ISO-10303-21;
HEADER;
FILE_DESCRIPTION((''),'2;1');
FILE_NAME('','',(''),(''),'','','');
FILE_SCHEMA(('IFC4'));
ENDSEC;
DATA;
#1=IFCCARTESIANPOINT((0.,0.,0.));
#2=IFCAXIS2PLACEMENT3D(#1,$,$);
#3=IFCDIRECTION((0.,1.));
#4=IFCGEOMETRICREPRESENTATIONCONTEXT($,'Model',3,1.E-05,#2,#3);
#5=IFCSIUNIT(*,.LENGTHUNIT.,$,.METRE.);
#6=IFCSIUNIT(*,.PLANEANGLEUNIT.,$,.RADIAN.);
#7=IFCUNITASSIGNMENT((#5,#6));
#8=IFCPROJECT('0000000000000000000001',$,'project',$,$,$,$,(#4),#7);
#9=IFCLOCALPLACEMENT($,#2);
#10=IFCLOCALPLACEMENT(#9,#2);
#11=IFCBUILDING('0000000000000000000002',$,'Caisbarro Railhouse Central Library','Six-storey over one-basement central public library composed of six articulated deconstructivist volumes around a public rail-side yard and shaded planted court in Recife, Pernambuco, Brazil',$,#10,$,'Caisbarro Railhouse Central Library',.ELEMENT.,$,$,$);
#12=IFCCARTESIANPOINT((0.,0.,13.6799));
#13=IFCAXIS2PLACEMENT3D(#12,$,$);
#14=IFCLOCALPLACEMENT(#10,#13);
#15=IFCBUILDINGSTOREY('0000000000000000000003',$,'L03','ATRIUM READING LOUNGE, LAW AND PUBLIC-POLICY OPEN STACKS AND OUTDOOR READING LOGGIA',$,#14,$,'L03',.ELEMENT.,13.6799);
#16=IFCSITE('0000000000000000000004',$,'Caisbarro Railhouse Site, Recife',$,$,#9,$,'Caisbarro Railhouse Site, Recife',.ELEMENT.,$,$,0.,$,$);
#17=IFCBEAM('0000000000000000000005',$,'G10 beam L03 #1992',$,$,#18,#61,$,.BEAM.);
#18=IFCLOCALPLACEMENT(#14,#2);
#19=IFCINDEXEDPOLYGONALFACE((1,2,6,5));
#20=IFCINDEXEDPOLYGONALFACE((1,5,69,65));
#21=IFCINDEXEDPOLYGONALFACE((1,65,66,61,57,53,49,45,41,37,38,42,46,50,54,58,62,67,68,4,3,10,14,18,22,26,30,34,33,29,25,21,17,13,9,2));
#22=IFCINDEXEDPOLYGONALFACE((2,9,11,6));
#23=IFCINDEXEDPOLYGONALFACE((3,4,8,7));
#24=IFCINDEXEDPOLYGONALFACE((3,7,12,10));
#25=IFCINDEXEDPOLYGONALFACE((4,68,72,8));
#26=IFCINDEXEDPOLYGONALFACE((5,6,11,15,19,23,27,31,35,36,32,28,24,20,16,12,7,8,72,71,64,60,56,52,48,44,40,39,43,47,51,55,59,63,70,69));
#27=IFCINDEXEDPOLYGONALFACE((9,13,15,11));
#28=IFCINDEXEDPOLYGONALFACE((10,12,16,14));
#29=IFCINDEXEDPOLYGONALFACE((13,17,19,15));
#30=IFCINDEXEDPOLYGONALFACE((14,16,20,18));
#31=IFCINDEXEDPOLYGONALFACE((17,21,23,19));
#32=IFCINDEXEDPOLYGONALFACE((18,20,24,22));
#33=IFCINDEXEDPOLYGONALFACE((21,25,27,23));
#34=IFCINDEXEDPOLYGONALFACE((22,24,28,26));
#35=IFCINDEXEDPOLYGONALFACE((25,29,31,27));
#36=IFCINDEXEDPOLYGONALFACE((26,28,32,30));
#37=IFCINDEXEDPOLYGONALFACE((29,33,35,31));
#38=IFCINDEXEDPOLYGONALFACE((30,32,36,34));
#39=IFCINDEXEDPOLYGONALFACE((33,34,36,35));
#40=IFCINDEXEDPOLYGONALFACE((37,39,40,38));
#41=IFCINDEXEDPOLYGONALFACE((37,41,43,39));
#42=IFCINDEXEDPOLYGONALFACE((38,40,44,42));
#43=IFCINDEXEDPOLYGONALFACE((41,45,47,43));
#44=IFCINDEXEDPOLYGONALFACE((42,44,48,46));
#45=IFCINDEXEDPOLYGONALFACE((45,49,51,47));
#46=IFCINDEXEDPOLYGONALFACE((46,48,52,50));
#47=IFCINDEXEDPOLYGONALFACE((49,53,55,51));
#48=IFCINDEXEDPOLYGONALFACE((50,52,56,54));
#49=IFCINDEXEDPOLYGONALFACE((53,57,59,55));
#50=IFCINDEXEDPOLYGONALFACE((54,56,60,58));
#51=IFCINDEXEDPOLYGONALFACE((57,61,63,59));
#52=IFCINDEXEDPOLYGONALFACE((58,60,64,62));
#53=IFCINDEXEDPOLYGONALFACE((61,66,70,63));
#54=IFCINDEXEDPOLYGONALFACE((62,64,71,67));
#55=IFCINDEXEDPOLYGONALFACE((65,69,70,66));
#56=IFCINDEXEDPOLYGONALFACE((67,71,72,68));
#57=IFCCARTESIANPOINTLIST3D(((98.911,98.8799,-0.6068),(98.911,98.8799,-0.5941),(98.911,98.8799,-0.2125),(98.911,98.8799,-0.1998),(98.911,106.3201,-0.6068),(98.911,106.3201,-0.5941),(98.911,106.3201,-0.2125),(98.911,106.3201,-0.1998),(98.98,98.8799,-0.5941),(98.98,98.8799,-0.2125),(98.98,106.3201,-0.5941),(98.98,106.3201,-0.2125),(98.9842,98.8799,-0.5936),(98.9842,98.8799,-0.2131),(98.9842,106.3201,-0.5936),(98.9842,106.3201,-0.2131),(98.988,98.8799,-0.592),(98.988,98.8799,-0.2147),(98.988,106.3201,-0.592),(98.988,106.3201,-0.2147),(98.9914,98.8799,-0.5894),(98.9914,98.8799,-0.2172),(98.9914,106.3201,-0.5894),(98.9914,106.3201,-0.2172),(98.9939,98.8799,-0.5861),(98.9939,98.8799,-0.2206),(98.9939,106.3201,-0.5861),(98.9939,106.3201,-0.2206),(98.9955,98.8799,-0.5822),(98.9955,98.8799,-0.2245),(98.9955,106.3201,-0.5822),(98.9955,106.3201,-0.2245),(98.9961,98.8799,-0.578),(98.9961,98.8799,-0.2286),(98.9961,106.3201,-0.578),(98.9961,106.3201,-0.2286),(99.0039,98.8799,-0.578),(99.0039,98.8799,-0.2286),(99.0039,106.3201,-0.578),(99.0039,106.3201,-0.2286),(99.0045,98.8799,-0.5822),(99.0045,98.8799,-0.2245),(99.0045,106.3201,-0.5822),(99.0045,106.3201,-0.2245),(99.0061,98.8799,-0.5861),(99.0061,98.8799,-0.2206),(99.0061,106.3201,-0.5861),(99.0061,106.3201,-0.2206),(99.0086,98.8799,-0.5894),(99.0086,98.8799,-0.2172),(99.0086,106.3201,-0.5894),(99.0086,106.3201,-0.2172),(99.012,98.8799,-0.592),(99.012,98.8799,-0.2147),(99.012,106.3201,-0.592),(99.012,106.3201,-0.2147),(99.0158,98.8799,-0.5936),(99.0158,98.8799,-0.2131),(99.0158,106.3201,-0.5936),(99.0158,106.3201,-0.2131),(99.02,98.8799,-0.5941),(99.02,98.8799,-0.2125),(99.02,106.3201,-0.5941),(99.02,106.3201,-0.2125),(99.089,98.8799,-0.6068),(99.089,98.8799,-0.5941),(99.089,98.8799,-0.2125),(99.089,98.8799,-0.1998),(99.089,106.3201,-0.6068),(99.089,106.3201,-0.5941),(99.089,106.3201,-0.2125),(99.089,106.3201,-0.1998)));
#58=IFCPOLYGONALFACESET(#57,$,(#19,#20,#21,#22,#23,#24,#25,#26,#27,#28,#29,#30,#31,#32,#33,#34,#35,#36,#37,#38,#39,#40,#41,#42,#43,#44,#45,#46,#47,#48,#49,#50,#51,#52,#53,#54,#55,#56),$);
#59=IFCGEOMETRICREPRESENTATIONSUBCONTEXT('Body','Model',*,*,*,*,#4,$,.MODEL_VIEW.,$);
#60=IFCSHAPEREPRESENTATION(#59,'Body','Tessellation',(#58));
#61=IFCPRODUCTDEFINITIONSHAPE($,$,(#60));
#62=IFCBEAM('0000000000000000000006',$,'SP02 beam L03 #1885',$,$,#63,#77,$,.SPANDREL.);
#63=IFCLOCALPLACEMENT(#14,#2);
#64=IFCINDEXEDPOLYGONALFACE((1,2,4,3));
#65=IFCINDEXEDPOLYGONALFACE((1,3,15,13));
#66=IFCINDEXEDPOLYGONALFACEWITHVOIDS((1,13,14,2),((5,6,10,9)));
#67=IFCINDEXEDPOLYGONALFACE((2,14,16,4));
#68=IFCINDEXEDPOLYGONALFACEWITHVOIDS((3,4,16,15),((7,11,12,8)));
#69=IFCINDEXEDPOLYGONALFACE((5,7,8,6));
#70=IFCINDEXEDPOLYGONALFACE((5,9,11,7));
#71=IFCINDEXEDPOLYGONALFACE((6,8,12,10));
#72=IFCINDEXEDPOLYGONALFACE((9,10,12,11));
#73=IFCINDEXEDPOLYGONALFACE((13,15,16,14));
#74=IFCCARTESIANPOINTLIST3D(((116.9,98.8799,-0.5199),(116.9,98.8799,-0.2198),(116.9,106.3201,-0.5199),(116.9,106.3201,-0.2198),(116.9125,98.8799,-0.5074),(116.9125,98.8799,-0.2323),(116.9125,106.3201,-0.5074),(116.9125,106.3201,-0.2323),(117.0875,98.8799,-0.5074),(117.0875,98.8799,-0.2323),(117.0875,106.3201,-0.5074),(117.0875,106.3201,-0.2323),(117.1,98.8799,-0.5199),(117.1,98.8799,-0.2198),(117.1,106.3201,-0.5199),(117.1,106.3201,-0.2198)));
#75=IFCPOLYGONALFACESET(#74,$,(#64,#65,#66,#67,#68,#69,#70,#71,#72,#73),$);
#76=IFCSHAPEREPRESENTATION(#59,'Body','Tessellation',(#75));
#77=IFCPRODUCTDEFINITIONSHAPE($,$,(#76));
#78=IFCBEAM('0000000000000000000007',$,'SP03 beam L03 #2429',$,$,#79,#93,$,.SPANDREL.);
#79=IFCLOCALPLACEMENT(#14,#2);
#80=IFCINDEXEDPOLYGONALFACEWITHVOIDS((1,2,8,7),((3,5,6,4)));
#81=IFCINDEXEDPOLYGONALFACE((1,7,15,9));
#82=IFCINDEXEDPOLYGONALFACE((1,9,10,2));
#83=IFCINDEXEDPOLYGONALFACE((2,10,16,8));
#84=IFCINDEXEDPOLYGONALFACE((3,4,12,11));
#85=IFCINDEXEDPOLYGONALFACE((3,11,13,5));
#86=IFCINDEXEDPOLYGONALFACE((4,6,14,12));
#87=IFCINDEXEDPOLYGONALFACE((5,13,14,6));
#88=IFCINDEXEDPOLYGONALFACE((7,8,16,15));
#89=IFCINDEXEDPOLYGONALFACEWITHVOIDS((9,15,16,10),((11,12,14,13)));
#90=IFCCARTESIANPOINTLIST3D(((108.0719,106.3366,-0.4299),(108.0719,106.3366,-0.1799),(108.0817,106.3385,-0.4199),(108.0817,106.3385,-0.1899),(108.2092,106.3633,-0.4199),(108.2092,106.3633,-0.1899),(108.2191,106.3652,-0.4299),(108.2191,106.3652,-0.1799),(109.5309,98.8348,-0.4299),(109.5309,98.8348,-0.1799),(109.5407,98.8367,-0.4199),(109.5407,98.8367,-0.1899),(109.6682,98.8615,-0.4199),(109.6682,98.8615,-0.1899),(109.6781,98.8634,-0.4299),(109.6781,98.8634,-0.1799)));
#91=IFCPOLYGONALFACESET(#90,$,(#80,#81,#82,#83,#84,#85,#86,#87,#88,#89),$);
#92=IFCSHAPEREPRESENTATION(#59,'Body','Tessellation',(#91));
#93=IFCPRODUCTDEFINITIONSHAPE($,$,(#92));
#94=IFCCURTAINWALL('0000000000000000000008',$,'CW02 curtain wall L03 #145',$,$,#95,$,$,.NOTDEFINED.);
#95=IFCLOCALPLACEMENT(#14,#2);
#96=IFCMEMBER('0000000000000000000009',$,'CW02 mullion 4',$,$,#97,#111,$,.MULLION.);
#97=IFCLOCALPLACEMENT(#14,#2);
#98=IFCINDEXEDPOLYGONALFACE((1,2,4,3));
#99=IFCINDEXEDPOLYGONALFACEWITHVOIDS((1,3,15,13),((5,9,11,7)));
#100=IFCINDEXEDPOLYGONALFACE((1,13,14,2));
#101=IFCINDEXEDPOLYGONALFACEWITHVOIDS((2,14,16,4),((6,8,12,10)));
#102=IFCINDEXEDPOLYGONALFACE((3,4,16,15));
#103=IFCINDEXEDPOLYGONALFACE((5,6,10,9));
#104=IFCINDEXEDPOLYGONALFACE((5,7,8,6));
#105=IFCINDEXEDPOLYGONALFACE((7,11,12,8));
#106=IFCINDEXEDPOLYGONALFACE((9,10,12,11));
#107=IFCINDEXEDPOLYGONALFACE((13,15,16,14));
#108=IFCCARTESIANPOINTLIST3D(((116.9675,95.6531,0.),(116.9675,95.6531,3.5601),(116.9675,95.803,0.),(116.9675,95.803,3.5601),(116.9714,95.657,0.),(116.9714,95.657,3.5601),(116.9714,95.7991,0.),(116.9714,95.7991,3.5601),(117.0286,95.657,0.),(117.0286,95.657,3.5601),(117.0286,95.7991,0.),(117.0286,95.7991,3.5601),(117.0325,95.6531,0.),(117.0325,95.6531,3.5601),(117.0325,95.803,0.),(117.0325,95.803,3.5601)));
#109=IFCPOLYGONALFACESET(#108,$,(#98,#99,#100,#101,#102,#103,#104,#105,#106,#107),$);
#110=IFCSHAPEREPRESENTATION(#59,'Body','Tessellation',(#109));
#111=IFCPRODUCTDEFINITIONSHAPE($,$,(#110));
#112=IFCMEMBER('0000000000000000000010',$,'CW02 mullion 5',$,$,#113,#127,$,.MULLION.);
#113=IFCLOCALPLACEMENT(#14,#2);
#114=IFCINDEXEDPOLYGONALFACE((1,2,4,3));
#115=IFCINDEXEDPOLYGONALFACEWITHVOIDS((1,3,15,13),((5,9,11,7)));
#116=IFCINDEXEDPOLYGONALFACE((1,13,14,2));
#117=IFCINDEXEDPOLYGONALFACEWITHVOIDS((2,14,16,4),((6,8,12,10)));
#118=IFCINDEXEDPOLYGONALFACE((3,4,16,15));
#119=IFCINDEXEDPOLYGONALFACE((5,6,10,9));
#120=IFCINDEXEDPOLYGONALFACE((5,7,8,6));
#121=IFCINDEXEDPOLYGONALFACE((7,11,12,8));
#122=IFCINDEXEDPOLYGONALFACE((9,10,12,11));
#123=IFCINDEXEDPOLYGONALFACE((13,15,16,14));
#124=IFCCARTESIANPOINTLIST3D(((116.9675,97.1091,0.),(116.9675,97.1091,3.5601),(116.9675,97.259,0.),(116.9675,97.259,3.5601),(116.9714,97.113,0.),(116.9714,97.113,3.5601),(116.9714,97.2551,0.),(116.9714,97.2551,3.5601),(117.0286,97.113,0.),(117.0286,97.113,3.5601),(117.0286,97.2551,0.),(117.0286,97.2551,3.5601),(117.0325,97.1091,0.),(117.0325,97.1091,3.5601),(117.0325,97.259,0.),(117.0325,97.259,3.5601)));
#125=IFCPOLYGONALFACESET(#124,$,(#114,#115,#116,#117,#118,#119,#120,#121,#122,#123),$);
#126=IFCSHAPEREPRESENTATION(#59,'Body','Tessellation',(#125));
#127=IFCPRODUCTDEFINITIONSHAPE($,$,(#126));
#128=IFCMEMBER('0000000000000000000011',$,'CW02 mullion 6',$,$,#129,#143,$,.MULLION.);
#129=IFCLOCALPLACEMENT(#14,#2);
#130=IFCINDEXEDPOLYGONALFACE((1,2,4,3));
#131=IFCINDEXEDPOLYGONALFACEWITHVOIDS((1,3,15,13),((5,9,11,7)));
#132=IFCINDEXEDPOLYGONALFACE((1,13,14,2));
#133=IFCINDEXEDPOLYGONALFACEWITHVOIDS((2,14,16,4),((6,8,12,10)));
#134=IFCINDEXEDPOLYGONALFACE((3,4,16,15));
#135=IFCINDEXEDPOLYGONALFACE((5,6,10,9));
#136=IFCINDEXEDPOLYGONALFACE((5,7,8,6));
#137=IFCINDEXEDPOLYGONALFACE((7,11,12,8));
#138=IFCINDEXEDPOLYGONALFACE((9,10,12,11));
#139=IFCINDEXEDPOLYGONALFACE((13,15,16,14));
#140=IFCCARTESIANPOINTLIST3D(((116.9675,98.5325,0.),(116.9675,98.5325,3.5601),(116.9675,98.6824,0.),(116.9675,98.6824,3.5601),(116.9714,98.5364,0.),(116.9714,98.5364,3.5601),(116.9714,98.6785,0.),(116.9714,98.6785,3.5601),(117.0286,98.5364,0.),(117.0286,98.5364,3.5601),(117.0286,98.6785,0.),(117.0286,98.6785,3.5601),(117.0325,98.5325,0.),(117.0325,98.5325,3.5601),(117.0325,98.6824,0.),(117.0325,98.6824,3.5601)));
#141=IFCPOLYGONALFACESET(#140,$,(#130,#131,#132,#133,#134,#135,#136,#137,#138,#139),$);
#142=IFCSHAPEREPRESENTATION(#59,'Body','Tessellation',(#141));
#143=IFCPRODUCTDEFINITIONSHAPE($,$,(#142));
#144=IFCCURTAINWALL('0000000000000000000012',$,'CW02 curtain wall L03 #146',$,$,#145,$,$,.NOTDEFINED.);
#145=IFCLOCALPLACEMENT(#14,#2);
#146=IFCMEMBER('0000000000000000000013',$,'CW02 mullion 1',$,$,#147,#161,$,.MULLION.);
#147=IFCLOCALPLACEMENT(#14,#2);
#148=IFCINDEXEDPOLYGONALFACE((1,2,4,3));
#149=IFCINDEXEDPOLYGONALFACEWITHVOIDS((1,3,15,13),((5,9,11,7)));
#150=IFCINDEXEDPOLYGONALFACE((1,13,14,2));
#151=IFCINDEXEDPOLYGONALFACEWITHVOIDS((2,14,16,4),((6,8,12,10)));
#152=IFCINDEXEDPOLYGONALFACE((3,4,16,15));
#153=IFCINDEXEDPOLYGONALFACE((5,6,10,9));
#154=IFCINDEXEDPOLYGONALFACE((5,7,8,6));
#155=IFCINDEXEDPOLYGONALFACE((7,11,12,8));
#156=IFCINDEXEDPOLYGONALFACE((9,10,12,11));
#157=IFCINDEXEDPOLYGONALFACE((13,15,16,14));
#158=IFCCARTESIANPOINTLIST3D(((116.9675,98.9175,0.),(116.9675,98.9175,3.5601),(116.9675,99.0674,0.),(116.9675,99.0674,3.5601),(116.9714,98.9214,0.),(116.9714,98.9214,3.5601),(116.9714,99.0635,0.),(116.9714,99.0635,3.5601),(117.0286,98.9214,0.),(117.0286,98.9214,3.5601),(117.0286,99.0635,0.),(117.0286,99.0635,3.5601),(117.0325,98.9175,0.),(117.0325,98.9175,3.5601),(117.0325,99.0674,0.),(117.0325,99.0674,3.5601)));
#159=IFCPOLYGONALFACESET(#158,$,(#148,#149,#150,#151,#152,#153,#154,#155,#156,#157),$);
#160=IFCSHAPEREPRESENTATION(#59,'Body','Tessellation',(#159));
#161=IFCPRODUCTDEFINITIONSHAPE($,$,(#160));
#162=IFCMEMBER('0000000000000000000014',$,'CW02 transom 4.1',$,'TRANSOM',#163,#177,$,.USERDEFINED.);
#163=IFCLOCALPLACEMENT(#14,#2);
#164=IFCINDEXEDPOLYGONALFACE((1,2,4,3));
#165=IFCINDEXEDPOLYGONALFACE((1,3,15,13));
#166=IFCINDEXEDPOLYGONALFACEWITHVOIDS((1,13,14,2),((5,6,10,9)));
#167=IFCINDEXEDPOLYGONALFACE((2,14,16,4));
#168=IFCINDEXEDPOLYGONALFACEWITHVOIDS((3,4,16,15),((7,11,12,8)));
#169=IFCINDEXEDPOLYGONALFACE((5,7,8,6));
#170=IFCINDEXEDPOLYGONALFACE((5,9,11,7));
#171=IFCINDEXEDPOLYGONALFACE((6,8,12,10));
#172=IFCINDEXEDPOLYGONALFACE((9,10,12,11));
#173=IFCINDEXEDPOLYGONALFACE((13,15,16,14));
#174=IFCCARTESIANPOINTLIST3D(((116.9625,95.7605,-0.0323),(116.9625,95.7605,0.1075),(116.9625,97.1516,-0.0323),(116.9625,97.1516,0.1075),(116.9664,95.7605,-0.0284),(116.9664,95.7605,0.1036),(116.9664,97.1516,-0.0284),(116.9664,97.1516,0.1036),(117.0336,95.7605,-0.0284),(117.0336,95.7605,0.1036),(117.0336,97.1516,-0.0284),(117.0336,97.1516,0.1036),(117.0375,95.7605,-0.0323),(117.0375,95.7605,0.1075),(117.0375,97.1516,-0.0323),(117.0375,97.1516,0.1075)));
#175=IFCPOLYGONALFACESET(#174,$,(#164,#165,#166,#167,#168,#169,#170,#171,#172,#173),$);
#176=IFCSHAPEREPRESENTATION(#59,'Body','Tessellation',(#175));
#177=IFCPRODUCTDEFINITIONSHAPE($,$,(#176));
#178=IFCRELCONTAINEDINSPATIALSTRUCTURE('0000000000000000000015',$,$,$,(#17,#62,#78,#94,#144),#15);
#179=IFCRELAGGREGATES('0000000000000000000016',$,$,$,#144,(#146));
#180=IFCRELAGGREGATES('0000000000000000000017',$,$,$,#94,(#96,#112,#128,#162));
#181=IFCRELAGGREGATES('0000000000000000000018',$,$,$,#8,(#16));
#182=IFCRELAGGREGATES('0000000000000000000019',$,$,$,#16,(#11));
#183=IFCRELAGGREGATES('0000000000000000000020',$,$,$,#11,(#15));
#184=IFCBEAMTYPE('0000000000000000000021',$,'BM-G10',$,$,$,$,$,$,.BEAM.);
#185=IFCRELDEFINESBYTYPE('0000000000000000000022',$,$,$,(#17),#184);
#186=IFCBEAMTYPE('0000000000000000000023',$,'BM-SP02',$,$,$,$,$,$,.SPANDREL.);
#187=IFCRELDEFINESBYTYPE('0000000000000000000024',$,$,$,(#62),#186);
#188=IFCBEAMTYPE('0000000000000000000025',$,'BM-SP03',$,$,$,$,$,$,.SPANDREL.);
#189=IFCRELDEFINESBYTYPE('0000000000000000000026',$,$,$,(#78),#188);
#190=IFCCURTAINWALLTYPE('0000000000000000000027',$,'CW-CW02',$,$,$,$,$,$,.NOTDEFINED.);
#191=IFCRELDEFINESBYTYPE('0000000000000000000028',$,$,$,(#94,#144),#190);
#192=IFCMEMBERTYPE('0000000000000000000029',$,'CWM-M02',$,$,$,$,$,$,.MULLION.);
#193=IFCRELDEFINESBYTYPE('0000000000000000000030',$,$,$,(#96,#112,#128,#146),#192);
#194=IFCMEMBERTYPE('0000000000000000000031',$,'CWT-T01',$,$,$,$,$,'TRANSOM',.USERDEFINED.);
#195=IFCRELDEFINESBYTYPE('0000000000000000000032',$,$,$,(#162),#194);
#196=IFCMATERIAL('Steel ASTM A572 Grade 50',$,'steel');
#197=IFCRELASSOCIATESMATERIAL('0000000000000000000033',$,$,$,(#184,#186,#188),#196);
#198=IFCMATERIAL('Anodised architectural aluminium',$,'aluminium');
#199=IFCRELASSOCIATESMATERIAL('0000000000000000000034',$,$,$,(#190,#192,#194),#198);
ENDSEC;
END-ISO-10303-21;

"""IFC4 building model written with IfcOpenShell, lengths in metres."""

from ifc_helpers import new_model, si_unit, direction, frame, origin, origin_2d, place, context, subcontext, project, spatial, hollow_rectangle, i_section, extrude, material, material_profile, profile_set, type_object, element, aggregate, save


model = new_model("IFC4")

# Units and contexts
model_context = context("Model", 3, precision=1e-05, world=origin(), true_north=direction((0.0, 1.0)))
body_context = subcontext(model_context, "Body", "Model", "MODEL_VIEW")
ifc_project = project(units=[si_unit("LENGTHUNIT", "METRE"), si_unit("PLANEANGLEUNIT", "RADIAN")], contexts=[model_context])

# Site, building, storey
site_placement = place(None, origin())
site = spatial("IfcSite", under=ifc_project, at=site_placement, Name="Caisbarro Railhouse Site, Recife", LongName="Caisbarro Railhouse Site, Recife", CompositionType="ELEMENT", RefElevation=0.0)
building_placement = place(site_placement, origin())
building = spatial("IfcBuilding", under=site, at=building_placement, Name="Caisbarro Railhouse Central Library", Description="Six-storey over one-basement central public library composed of six articulated deconstructivist volumes around a public rail-side yard and shaded planted court in Recife, Pernambuco, Brazil", LongName="Caisbarro Railhouse Central Library", CompositionType="ELEMENT")
storey_placement = place(building_placement, frame((0.0, 0.0, 13.6799)))
storey = spatial("IfcBuildingStorey", under=building, at=storey_placement, Name="L03", Description="ATRIUM READING LOUNGE, LAW AND PUBLIC-POLICY OPEN STACKS AND OUTDOOR READING LOGGIA", LongName="L03", CompositionType="ELEMENT", Elevation=13.6799)

# Shared definitions
ifc_material_1 = material(Name="Steel ASTM A572 Grade 50", Category="steel")

# Beams
ifc_material_profile_1 = material_profile(ifc_material_1, i_section(OverallWidth=0.178, OverallDepth=0.407, WebThickness=0.0078, FlangeThickness=0.0127, FilletRadius=0.0161, at=origin_2d()), Name="W410X60.0")
ifc_profile_set_1 = profile_set([ifc_material_profile_1], Name="Steel ASTM A572 Grade 50")
beam_type_1 = type_object("IfcBeamType", Name="BM-G10", PredefinedType="BEAM", material=ifc_profile_set_1)
beam_1_placement = place(storey_placement, frame((99.0, 98.8799, -0.4033), z_axis=(0.0, 1.0, 0.0), x_axis=(-1.0, 0.0, 0.0)))
element("IfcBeam", 1, at=beam_1_placement, inside=storey, type_object=beam_type_1, Name="G10 beam L03 #1992", PredefinedType="BEAM", context=body_context, shape_type="SweptSolid", body=[
    extrude(i_section(OverallWidth=0.178, OverallDepth=0.407, WebThickness=0.0078, FlangeThickness=0.0127, FilletRadius=0.0161, at=origin_2d()), origin(), (0.0, 0.0, 1.0), 7.4402),
])
ifc_material_profile_2 = material_profile(ifc_material_1, hollow_rectangle(XDim=0.2, YDim=0.3, WallThickness=0.0125, at=origin_2d()), Name="HSS300X200X12.5")
ifc_profile_set_2 = profile_set([ifc_material_profile_2], Name="Steel ASTM A572 Grade 50")
beam_type_2 = type_object("IfcBeamType", Name="BM-SP02", PredefinedType="SPANDREL", material=ifc_profile_set_2)
beam_2_placement = place(storey_placement, frame((117.0, 98.8799, -0.3699), z_axis=(0.0, 1.0, 0.0), x_axis=(-1.0, 0.0, 0.0)))
element("IfcBeam", 2, at=beam_2_placement, inside=storey, type_object=beam_type_2, Name="SP02 beam L03 #1885", PredefinedType="SPANDREL", context=body_context, shape_type="SweptSolid", body=[
    extrude(hollow_rectangle(XDim=0.2, YDim=0.3, WallThickness=0.0125, at=origin_2d()), origin(), (0.0, 0.0, 1.0), 7.4402),
])
ifc_material_profile_3 = material_profile(ifc_material_1, hollow_rectangle(XDim=0.1499, YDim=0.25, WallThickness=0.01, at=origin_2d()), Name="HSS250X150X10")
ifc_profile_set_3 = profile_set([ifc_material_profile_3], Name="Steel ASTM A572 Grade 50")
beam_type_3 = type_object("IfcBeamType", Name="BM-SP03", PredefinedType="SPANDREL", material=ifc_profile_set_3)
beam_3_placement = place(storey_placement, frame((109.6045, 98.8491, -0.3049), z_axis=(-0.19091, 0.981608, 0.0), x_axis=(-0.981608, -0.19091, 0.0)))
element("IfcBeam", 3, at=beam_3_placement, inside=storey, type_object=beam_type_3, Name="SP03 beam L03 #2429", PredefinedType="SPANDREL", context=body_context, shape_type="SweptSolid", body=[
    extrude(hollow_rectangle(XDim=0.1499, YDim=0.25, WallThickness=0.01, at=origin_2d()), origin(), (0.0, 0.0, 1.0), 7.6423),
])

# Curtain wall, members
ifc_material_2 = material(Name="Anodised architectural aluminium", Category="aluminium")
curtain_wall_type = type_object("IfcCurtainWallType", Name="CW-CW02", PredefinedType="NOTDEFINED", material=ifc_material_2)
curtain_wall_1_placement = place(storey_placement, origin())
curtain_wall_1 = element("IfcCurtainWall", 4, at=curtain_wall_1_placement, inside=storey, type_object=curtain_wall_type, Name="CW02 curtain wall L03 #145", PredefinedType="NOTDEFINED")
ifc_material_profile_4 = material_profile(ifc_material_2, hollow_rectangle(XDim=0.0649, YDim=0.1499, WallThickness=0.0039, at=origin_2d()), Name="ALU-MUL-65X150")
ifc_profile_set_4 = profile_set([ifc_material_profile_4], Name="Anodised architectural aluminium")
member_type_1 = type_object("IfcMemberType", Name="CWM-M02", PredefinedType="MULLION", material=ifc_profile_set_4)
member_1_placement = place(storey_placement, frame((117.0, 95.728, 0.0), z_axis=(0.0, 0.0, 1.0), x_axis=(-1.0, 0.0, 0.0)))
member_1 = element("IfcMember", 5, at=member_1_placement, type_object=member_type_1, Name="CW02 mullion 4", PredefinedType="MULLION", context=body_context, shape_type="SweptSolid", body=[
    extrude(hollow_rectangle(XDim=0.0649, YDim=0.1499, WallThickness=0.0039, at=origin_2d()), origin(), (0.0, 0.0, 1.0), 3.5601),
])
member_2_placement = place(storey_placement, frame((117.0, 97.1841, 0.0), z_axis=(0.0, 0.0, 1.0), x_axis=(-1.0, 0.0, 0.0)))
member_2 = element("IfcMember", 6, at=member_2_placement, type_object=member_type_1, Name="CW02 mullion 5", PredefinedType="MULLION", context=body_context, shape_type="SweptSolid", body=[
    extrude(hollow_rectangle(XDim=0.0649, YDim=0.1499, WallThickness=0.0039, at=origin_2d()), origin(), (0.0, 0.0, 1.0), 3.5601),
])
member_3_placement = place(storey_placement, frame((117.0, 98.6074, 0.0), z_axis=(0.0, 0.0, 1.0), x_axis=(-1.0, 0.0, 0.0)))
member_3 = element("IfcMember", 7, at=member_3_placement, type_object=member_type_1, Name="CW02 mullion 6", PredefinedType="MULLION", context=body_context, shape_type="SweptSolid", body=[
    extrude(hollow_rectangle(XDim=0.0649, YDim=0.1499, WallThickness=0.0039, at=origin_2d()), origin(), (0.0, 0.0, 1.0), 3.5601),
])

# Curtain wall, member
curtain_wall_2_placement = place(storey_placement, origin())
curtain_wall_2 = element("IfcCurtainWall", 8, at=curtain_wall_2_placement, inside=storey, type_object=curtain_wall_type, Name="CW02 curtain wall L03 #146", PredefinedType="NOTDEFINED")
member_4_placement = place(storey_placement, frame((117.0, 98.9924, 0.0), z_axis=(0.0, 0.0, 1.0), x_axis=(-1.0, 0.0, 0.0)))
member_4 = element("IfcMember", 9, at=member_4_placement, type_object=member_type_1, Name="CW02 mullion 1", PredefinedType="MULLION", context=body_context, shape_type="SweptSolid", body=[
    extrude(hollow_rectangle(XDim=0.0649, YDim=0.1499, WallThickness=0.0039, at=origin_2d()), origin(), (0.0, 0.0, 1.0), 3.5601),
])

# Member
ifc_material_profile_5 = material_profile(ifc_material_2, hollow_rectangle(XDim=0.075, YDim=0.1399, WallThickness=0.0039, at=origin_2d()), Name="ALU-TRN-75X140")
ifc_profile_set_5 = profile_set([ifc_material_profile_5], Name="Anodised architectural aluminium")
member_type_2 = type_object("IfcMemberType", Name="CWT-T01", ElementType="TRANSOM", PredefinedType="USERDEFINED", material=ifc_profile_set_5)
member_5_placement = place(storey_placement, frame((117.0, 95.7605, 0.0376), z_axis=(0.0, 1.0, 0.0), x_axis=(-1.0, 0.0, 0.0)))
member_5 = element("IfcMember", 10, at=member_5_placement, type_object=member_type_2, Name="CW02 transom 4.1", ObjectType="TRANSOM", PredefinedType="USERDEFINED", context=body_context, shape_type="SweptSolid", body=[
    extrude(hollow_rectangle(XDim=0.075, YDim=0.1399, WallThickness=0.0039, at=origin_2d()), origin(), (0.0, 0.0, 1.0), 1.3911),
])
aggregate(curtain_wall_2, [member_4])

aggregate(curtain_wall_1, [member_1, member_2, member_3, member_5])

save(model, "model.ifc")
